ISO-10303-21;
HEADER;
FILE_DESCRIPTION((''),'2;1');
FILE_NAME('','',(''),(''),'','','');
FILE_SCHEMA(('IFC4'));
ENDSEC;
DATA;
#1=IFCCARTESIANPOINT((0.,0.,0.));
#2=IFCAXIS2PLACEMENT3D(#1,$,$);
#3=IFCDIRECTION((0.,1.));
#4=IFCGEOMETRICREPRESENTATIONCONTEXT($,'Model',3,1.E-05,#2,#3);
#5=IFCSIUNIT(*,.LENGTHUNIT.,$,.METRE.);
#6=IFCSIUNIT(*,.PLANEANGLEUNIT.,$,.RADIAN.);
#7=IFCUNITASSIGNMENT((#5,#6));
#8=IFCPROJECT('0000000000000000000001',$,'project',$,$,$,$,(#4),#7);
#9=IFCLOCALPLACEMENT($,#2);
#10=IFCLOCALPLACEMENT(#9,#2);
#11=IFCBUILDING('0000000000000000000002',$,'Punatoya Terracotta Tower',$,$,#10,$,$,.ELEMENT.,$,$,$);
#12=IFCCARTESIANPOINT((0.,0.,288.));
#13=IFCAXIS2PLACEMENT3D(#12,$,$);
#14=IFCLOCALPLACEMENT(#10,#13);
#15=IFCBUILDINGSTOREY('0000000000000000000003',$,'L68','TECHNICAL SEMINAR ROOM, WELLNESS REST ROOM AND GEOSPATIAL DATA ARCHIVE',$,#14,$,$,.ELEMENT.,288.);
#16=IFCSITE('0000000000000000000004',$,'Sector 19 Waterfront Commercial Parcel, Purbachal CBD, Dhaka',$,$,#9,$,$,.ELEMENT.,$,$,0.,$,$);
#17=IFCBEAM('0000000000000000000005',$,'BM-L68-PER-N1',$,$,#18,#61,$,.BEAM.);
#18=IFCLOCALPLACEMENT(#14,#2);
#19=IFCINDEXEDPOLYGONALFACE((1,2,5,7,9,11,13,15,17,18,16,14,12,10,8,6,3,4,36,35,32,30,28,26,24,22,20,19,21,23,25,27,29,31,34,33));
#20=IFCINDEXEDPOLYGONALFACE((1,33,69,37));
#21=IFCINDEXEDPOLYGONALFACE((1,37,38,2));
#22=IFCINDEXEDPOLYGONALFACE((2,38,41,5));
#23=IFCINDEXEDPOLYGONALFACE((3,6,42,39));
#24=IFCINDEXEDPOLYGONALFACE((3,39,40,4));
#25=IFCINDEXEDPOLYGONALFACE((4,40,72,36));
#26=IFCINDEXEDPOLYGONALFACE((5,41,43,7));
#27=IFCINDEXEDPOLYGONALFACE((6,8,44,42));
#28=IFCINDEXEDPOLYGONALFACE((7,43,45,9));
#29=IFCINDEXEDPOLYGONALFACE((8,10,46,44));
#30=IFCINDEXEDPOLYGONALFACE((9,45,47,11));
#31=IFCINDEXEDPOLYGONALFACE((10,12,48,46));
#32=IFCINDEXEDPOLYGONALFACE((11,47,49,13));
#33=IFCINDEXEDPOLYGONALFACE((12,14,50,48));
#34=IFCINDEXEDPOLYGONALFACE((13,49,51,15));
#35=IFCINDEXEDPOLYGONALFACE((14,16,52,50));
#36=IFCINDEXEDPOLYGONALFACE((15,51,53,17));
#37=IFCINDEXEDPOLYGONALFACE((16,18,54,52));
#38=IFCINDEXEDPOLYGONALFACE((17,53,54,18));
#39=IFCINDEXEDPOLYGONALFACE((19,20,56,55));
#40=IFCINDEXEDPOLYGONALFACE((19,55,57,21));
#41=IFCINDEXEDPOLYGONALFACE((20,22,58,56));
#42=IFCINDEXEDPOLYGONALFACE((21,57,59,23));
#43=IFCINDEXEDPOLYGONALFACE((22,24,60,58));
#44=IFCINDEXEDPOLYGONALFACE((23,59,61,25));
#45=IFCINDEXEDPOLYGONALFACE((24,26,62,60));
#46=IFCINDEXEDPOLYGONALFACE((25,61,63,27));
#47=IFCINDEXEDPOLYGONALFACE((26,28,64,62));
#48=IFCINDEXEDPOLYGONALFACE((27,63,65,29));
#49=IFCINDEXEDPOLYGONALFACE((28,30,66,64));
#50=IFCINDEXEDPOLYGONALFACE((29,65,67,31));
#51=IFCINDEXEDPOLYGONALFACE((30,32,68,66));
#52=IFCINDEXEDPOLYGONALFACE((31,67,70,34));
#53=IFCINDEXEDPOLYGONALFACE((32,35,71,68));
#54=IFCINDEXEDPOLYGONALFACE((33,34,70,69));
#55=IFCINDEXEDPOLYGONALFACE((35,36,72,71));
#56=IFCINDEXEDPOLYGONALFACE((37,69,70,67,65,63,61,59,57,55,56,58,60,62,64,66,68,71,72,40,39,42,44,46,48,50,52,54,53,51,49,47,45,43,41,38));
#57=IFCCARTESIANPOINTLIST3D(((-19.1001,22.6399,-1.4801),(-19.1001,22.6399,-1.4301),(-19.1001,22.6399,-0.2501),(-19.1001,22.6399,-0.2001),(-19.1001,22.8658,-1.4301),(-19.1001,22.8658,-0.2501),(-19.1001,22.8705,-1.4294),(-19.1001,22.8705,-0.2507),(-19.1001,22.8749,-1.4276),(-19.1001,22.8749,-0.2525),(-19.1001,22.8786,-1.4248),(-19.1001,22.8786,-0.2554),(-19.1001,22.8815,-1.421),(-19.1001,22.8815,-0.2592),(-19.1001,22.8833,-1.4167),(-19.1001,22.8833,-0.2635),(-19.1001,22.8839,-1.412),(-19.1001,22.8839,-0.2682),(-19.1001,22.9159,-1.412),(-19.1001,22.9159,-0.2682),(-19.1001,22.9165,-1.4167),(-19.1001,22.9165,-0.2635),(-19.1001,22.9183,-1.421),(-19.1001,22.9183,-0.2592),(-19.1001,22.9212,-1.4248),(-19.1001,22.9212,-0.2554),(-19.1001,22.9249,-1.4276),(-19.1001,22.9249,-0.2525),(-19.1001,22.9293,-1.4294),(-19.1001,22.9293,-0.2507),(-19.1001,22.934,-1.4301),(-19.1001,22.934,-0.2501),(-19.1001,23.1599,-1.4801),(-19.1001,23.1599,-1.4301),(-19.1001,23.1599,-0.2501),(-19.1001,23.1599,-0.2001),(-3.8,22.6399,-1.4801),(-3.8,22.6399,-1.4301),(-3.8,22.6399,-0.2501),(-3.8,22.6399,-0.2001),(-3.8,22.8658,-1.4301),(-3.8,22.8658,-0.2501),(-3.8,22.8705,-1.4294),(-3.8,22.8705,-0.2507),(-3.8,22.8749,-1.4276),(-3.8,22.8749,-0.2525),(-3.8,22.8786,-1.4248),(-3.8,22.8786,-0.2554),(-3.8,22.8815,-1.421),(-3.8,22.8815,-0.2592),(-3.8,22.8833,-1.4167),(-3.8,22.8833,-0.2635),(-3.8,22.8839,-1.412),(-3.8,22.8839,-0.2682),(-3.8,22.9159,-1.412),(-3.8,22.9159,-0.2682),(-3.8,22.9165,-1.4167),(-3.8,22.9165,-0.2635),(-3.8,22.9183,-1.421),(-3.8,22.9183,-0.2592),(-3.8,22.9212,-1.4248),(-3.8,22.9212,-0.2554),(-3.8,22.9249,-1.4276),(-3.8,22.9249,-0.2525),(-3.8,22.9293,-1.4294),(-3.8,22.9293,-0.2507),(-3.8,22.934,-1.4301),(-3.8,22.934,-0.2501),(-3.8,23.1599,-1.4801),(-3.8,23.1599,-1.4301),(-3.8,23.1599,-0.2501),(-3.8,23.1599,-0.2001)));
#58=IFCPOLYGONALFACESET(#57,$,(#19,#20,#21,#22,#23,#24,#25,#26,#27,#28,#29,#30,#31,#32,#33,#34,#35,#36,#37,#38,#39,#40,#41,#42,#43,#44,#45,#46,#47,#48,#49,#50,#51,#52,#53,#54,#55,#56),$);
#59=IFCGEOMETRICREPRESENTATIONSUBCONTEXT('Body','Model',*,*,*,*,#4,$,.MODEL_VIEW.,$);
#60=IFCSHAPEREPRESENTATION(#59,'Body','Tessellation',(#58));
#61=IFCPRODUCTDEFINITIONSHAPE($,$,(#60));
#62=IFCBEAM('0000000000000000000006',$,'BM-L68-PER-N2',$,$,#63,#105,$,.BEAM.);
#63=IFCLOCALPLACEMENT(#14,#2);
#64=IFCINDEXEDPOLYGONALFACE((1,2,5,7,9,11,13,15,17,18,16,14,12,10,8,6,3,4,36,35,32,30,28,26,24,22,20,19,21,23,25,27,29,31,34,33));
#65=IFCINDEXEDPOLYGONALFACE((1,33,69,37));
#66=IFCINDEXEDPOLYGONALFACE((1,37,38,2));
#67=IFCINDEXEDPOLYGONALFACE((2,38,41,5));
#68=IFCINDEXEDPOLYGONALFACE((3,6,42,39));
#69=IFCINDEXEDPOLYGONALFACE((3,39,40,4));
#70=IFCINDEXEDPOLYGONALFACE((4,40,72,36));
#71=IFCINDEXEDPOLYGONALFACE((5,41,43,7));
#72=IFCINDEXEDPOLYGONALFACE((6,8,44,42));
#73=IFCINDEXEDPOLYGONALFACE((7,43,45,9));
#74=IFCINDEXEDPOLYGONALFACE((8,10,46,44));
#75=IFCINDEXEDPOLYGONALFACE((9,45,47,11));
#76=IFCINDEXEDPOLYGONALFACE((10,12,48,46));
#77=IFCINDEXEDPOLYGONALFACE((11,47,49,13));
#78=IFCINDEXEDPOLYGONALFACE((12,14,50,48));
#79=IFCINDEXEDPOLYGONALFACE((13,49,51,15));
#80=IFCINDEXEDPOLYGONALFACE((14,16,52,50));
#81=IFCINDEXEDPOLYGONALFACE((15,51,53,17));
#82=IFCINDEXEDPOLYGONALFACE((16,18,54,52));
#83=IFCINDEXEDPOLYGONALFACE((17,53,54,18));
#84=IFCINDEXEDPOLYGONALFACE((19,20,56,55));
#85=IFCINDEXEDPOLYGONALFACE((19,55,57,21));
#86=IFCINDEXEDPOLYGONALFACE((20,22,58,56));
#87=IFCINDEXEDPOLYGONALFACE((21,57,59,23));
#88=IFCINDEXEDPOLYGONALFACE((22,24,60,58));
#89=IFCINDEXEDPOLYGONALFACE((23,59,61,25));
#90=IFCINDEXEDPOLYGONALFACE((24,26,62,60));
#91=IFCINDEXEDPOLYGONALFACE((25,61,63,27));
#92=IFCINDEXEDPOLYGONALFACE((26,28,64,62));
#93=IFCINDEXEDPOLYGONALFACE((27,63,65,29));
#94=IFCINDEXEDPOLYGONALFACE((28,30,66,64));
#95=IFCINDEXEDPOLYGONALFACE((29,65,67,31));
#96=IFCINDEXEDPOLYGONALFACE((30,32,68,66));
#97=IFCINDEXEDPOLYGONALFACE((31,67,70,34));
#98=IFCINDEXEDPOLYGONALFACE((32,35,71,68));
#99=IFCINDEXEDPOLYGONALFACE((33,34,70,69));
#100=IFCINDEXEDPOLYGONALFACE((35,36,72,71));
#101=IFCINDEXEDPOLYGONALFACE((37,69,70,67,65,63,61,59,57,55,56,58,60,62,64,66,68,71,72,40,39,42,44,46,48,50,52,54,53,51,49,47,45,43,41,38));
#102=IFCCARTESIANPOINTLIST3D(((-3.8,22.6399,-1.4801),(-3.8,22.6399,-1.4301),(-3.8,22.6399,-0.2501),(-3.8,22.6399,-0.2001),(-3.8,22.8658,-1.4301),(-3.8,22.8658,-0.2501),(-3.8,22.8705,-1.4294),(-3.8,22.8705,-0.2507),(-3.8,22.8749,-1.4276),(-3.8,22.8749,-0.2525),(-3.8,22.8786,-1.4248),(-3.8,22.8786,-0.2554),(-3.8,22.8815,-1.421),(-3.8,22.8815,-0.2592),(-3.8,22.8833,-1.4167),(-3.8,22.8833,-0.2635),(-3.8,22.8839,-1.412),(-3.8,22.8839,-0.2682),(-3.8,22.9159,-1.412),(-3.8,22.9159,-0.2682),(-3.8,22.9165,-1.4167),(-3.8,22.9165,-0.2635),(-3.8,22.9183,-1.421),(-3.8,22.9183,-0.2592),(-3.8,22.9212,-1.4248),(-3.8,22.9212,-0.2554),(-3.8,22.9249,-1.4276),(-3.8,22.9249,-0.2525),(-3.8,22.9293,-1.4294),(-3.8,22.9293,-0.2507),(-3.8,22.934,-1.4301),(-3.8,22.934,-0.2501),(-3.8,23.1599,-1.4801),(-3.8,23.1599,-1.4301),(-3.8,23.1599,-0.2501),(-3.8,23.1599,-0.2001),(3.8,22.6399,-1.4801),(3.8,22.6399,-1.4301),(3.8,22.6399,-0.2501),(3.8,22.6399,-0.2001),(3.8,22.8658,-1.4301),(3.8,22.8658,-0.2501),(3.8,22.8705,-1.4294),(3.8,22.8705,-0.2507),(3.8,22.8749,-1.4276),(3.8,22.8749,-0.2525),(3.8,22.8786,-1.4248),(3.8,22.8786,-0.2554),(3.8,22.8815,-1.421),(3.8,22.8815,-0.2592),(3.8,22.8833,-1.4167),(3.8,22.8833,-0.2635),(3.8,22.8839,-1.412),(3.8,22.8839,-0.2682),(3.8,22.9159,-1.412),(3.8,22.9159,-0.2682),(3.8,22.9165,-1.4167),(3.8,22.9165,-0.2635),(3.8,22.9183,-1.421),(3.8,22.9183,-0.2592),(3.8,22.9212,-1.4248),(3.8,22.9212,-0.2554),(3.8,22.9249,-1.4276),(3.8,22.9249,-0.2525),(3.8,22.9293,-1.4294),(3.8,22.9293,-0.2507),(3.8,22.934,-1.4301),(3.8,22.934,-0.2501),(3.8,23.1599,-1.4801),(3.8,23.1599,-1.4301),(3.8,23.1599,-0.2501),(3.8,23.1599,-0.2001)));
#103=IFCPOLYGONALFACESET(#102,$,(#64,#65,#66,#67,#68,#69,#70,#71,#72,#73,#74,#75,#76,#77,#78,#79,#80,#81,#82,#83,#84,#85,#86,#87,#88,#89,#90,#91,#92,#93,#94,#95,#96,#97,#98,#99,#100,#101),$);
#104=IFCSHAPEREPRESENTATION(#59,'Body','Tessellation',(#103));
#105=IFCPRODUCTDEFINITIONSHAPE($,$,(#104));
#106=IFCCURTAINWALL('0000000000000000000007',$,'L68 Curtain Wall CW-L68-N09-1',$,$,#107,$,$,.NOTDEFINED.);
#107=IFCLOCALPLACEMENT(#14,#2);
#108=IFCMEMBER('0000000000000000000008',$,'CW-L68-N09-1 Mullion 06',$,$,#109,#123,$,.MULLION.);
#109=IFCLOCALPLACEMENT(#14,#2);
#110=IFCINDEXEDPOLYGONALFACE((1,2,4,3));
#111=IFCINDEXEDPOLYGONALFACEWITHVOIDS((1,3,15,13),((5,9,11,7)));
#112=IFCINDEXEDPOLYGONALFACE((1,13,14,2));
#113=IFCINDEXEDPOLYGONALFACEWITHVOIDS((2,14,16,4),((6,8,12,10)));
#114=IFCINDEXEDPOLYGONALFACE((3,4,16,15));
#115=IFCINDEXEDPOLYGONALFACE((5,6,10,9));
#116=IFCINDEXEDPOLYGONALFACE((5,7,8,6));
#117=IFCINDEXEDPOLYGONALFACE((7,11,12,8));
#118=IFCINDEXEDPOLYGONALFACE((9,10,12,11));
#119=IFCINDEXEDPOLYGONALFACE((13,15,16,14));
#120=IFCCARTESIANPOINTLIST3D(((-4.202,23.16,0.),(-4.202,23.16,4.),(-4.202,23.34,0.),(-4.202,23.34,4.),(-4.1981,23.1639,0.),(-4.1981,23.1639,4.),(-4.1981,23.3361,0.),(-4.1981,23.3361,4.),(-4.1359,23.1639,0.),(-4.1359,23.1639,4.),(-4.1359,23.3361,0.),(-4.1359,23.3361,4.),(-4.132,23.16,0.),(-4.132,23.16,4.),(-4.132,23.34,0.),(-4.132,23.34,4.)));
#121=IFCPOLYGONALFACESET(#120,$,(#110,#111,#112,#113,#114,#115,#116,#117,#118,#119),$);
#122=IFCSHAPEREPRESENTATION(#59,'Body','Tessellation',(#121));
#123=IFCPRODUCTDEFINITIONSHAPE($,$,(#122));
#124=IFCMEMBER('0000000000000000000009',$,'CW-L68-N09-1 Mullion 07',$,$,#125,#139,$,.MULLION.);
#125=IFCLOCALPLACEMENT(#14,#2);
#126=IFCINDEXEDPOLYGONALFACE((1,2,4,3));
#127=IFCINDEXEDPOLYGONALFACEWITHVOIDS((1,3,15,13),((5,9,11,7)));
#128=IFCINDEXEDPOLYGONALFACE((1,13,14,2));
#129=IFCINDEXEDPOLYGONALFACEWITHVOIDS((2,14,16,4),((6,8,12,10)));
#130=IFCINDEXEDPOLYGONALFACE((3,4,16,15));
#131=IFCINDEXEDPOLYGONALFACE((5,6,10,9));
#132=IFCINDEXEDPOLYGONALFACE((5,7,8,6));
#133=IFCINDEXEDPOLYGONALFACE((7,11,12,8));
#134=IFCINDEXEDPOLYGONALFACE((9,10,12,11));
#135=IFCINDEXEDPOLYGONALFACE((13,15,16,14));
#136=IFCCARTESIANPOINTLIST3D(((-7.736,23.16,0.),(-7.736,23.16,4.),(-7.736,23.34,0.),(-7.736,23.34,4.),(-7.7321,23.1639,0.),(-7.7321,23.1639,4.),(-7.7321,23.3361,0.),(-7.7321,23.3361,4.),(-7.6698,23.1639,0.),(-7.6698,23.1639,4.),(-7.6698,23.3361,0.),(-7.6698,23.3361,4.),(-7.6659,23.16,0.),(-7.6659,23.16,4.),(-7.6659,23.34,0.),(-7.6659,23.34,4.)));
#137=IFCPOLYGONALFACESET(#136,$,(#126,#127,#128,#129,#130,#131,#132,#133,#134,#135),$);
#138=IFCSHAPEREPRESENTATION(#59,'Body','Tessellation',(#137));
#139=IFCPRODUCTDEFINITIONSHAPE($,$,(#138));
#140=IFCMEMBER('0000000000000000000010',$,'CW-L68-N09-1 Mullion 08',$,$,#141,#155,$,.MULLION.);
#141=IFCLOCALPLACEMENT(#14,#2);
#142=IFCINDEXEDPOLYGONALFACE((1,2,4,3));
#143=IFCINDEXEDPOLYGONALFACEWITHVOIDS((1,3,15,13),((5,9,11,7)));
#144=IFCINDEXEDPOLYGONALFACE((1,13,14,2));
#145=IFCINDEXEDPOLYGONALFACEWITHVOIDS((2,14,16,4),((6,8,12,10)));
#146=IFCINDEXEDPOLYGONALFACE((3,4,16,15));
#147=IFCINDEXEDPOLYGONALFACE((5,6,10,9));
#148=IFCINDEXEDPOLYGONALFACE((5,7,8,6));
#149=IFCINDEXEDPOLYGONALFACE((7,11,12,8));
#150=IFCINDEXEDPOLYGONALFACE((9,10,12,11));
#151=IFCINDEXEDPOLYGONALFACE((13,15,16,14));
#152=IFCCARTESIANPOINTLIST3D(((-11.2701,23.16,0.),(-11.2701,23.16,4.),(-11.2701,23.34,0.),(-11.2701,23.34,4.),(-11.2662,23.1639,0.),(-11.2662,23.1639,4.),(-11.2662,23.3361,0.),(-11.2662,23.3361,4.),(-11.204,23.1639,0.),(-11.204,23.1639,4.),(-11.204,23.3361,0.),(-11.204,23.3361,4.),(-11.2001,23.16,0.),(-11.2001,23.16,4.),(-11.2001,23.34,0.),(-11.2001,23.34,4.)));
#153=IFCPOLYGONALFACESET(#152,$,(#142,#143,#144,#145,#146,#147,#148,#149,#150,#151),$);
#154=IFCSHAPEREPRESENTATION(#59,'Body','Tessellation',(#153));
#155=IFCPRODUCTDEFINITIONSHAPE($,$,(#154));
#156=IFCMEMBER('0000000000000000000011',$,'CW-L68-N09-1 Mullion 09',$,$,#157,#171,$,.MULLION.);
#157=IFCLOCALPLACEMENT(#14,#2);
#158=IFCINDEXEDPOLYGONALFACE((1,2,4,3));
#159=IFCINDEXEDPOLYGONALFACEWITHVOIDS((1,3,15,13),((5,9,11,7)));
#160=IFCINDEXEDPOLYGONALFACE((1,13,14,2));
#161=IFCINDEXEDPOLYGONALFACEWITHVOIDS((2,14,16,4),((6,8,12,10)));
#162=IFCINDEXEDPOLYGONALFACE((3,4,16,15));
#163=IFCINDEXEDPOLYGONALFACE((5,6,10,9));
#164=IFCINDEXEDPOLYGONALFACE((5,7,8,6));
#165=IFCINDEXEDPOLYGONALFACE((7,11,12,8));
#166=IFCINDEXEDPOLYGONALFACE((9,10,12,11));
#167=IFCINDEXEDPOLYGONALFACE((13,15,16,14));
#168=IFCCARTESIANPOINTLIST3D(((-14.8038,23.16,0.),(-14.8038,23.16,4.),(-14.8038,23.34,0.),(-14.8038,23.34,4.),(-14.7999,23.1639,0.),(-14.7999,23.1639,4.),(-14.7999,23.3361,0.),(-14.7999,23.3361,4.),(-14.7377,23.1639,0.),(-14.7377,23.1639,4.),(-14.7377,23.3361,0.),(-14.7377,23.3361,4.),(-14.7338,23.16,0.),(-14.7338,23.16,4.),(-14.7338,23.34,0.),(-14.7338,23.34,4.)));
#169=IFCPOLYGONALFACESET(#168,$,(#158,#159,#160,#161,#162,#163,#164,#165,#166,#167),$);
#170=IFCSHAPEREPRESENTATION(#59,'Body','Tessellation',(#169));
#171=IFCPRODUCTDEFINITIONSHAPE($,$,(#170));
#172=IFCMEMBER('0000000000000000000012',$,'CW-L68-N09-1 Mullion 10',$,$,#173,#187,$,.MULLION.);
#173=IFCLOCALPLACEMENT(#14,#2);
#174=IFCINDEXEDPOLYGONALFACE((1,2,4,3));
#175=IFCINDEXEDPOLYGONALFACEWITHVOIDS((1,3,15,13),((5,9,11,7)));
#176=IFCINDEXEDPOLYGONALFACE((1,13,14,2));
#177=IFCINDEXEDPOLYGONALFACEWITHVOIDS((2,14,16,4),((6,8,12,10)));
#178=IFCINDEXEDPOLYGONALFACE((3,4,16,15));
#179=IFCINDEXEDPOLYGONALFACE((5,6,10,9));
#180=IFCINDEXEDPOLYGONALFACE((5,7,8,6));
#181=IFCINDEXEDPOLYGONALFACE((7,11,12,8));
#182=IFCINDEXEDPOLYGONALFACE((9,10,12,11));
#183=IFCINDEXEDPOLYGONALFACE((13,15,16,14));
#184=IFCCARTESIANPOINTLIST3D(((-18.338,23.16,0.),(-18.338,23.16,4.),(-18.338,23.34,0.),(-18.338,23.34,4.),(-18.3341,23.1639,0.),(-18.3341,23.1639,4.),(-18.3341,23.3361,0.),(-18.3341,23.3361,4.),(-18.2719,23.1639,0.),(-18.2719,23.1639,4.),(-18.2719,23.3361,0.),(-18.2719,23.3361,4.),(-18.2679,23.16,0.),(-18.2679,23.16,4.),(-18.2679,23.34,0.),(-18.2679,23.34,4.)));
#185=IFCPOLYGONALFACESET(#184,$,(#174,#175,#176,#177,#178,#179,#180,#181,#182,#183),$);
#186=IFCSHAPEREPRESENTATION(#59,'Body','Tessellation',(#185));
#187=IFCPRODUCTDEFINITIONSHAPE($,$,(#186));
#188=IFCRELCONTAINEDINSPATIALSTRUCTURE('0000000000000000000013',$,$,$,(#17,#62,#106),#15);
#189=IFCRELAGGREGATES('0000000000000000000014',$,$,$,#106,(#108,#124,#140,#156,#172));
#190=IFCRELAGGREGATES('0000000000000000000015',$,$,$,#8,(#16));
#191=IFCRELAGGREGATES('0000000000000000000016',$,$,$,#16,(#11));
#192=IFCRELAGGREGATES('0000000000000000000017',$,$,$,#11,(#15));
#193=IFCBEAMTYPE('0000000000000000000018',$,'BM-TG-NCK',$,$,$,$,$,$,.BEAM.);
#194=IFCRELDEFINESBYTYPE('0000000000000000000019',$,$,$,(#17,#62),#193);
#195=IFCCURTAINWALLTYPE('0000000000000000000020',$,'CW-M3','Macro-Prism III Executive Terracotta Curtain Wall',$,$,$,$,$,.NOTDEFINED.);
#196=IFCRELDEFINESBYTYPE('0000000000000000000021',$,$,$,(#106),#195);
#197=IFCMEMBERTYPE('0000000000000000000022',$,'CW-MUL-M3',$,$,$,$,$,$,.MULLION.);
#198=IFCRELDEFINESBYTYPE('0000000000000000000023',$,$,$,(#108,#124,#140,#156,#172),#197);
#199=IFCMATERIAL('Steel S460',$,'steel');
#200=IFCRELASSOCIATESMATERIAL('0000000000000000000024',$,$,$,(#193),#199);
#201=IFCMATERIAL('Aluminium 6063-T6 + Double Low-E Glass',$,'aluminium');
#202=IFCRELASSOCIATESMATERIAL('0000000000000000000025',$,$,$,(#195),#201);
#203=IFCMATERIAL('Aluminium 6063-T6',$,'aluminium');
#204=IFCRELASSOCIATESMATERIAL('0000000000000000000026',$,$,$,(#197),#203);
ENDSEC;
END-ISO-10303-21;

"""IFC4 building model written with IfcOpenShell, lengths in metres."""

from ifc_helpers import new_model, si_unit, direction, frame, origin, origin_2d, place, context, subcontext, project, spatial, hollow_rectangle, i_section, extrude, material, material_profile, profile_set, type_object, element, aggregate, save


model = new_model("IFC4")

# Units and contexts
model_context = context("Model", 3, precision=1e-05, world=origin(), true_north=direction((0.0, 1.0)))
body_context = subcontext(model_context, "Body", "Model", "MODEL_VIEW")
ifc_project = project(units=[si_unit("LENGTHUNIT", "METRE"), si_unit("PLANEANGLEUNIT", "RADIAN")], contexts=[model_context])

# Site, building, storey
site_placement = place(None, origin())
site = spatial("IfcSite", under=ifc_project, at=site_placement, Name="Sector 19 Waterfront Commercial Parcel, Purbachal CBD, Dhaka", CompositionType="ELEMENT", RefElevation=0.0)
building_placement = place(site_placement, origin())
building = spatial("IfcBuilding", under=site, at=building_placement, Name="Punatoya Terracotta Tower", CompositionType="ELEMENT")
storey_placement = place(building_placement, frame((0.0, 0.0, 288.0)))
storey = spatial("IfcBuildingStorey", under=building, at=storey_placement, Name="L68", Description="TECHNICAL SEMINAR ROOM, WELLNESS REST ROOM AND GEOSPATIAL DATA ARCHIVE", CompositionType="ELEMENT", Elevation=288.0)

# Shared definitions
ifc_material_1 = material(Name="Steel S460", Category="steel")

# Beams
ifc_material_profile_1 = material_profile(ifc_material_1, i_section(OverallWidth=0.52, OverallDepth=1.28, WebThickness=0.032, FlangeThickness=0.05, FilletRadius=0.0181, at=origin_2d()))
ifc_profile_set_1 = profile_set([ifc_material_profile_1], Name="Steel S460")
beam_type_1 = type_object("IfcBeamType", Name="BM-TG-NCK", PredefinedType="BEAM", material=ifc_profile_set_1)
beam_1_placement = place(storey_placement, frame((-19.1001, 22.8999, -0.8401), z_axis=(1.0, 0.0, 0.0), x_axis=(0.0, 1.0, 0.0)))
element("IfcBeam", 1, at=beam_1_placement, inside=storey, type_object=beam_type_1, Name="BM-L68-PER-N1", PredefinedType="BEAM", context=body_context, shape_type="SweptSolid", body=[
    extrude(i_section(OverallWidth=0.52, OverallDepth=1.28, WebThickness=0.032, FlangeThickness=0.05, FilletRadius=0.0181, at=origin_2d()), origin(), (0.0, 0.0, 1.0), 15.3),
])
beam_2_placement = place(storey_placement, frame((-3.8, 22.8999, -0.8401), z_axis=(1.0, 0.0, 0.0), x_axis=(0.0, 1.0, 0.0)))
element("IfcBeam", 2, at=beam_2_placement, inside=storey, type_object=beam_type_1, Name="BM-L68-PER-N2", PredefinedType="BEAM", context=body_context, shape_type="SweptSolid", body=[
    extrude(i_section(OverallWidth=0.52, OverallDepth=1.28, WebThickness=0.032, FlangeThickness=0.05, FilletRadius=0.0181, at=origin_2d()), origin(), (0.0, 0.0, 1.0), 7.6001),
])

# Curtain wall, members
ifc_material_2 = material(Name="Aluminium 6063-T6 + Double Low-E Glass", Category="aluminium")
curtain_wall_type = type_object("IfcCurtainWallType", Name="CW-M3", Description="Macro-Prism III Executive Terracotta Curtain Wall", PredefinedType="NOTDEFINED", material=ifc_material_2)
curtain_wall_placement = place(storey_placement, origin())
curtain_wall = element("IfcCurtainWall", 3, at=curtain_wall_placement, inside=storey, type_object=curtain_wall_type, Name="L68 Curtain Wall CW-L68-N09-1", PredefinedType="NOTDEFINED")
ifc_material_3 = material(Name="Aluminium 6063-T6", Category="aluminium")
ifc_material_profile_2 = material_profile(ifc_material_3, hollow_rectangle(XDim=0.0701, YDim=0.1799, WallThickness=0.0039, at=origin_2d()))
ifc_profile_set_2 = profile_set([ifc_material_profile_2], Name="Aluminium 6063-T6")
member_type = type_object("IfcMemberType", Name="CW-MUL-M3", PredefinedType="MULLION", material=ifc_profile_set_2)
member_1_placement = place(storey_placement, frame((-4.167, 23.25, 0.0), z_axis=(0.0, 0.0, 1.0), x_axis=(1.0, 0.0, 0.0)))
member_1 = element("IfcMember", 4, at=member_1_placement, type_object=member_type, Name="CW-L68-N09-1 Mullion 06", PredefinedType="MULLION", context=body_context, shape_type="SweptSolid", body=[
    extrude(hollow_rectangle(XDim=0.0701, YDim=0.1799, WallThickness=0.0039, at=origin_2d()), origin(), (0.0, 0.0, 1.0), 4.0),
])
member_2_placement = place(storey_placement, frame((-7.7009, 23.25, 0.0), z_axis=(0.0, 0.0, 1.0), x_axis=(1.0, 0.0, 0.0)))
member_2 = element("IfcMember", 5, at=member_2_placement, type_object=member_type, Name="CW-L68-N09-1 Mullion 07", PredefinedType="MULLION", context=body_context, shape_type="SweptSolid", body=[
    extrude(hollow_rectangle(XDim=0.0701, YDim=0.1799, WallThickness=0.0039, at=origin_2d()), origin(), (0.0, 0.0, 1.0), 4.0),
])
member_3_placement = place(storey_placement, frame((-11.2351, 23.25, 0.0), z_axis=(0.0, 0.0, 1.0), x_axis=(1.0, 0.0, 0.0)))
member_3 = element("IfcMember", 6, at=member_3_placement, type_object=member_type, Name="CW-L68-N09-1 Mullion 08", PredefinedType="MULLION", context=body_context, shape_type="SweptSolid", body=[
    extrude(hollow_rectangle(XDim=0.0701, YDim=0.1799, WallThickness=0.0039, at=origin_2d()), origin(), (0.0, 0.0, 1.0), 4.0),
])
member_4_placement = place(storey_placement, frame((-14.7688, 23.25, 0.0), z_axis=(0.0, 0.0, 1.0), x_axis=(1.0, 0.0, 0.0)))
member_4 = element("IfcMember", 7, at=member_4_placement, type_object=member_type, Name="CW-L68-N09-1 Mullion 09", PredefinedType="MULLION", context=body_context, shape_type="SweptSolid", body=[
    extrude(hollow_rectangle(XDim=0.0701, YDim=0.1799, WallThickness=0.0039, at=origin_2d()), origin(), (0.0, 0.0, 1.0), 4.0),
])
member_5_placement = place(storey_placement, frame((-18.303, 23.25, 0.0), z_axis=(0.0, 0.0, 1.0), x_axis=(1.0, 0.0, 0.0)))
member_5 = element("IfcMember", 8, at=member_5_placement, type_object=member_type, Name="CW-L68-N09-1 Mullion 10", PredefinedType="MULLION", context=body_context, shape_type="SweptSolid", body=[
    extrude(hollow_rectangle(XDim=0.0701, YDim=0.1799, WallThickness=0.0039, at=origin_2d()), origin(), (0.0, 0.0, 1.0), 4.0),
])
aggregate(curtain_wall, [member_1, member_2, member_3, member_4, member_5])

save(model, "model.ifc")
